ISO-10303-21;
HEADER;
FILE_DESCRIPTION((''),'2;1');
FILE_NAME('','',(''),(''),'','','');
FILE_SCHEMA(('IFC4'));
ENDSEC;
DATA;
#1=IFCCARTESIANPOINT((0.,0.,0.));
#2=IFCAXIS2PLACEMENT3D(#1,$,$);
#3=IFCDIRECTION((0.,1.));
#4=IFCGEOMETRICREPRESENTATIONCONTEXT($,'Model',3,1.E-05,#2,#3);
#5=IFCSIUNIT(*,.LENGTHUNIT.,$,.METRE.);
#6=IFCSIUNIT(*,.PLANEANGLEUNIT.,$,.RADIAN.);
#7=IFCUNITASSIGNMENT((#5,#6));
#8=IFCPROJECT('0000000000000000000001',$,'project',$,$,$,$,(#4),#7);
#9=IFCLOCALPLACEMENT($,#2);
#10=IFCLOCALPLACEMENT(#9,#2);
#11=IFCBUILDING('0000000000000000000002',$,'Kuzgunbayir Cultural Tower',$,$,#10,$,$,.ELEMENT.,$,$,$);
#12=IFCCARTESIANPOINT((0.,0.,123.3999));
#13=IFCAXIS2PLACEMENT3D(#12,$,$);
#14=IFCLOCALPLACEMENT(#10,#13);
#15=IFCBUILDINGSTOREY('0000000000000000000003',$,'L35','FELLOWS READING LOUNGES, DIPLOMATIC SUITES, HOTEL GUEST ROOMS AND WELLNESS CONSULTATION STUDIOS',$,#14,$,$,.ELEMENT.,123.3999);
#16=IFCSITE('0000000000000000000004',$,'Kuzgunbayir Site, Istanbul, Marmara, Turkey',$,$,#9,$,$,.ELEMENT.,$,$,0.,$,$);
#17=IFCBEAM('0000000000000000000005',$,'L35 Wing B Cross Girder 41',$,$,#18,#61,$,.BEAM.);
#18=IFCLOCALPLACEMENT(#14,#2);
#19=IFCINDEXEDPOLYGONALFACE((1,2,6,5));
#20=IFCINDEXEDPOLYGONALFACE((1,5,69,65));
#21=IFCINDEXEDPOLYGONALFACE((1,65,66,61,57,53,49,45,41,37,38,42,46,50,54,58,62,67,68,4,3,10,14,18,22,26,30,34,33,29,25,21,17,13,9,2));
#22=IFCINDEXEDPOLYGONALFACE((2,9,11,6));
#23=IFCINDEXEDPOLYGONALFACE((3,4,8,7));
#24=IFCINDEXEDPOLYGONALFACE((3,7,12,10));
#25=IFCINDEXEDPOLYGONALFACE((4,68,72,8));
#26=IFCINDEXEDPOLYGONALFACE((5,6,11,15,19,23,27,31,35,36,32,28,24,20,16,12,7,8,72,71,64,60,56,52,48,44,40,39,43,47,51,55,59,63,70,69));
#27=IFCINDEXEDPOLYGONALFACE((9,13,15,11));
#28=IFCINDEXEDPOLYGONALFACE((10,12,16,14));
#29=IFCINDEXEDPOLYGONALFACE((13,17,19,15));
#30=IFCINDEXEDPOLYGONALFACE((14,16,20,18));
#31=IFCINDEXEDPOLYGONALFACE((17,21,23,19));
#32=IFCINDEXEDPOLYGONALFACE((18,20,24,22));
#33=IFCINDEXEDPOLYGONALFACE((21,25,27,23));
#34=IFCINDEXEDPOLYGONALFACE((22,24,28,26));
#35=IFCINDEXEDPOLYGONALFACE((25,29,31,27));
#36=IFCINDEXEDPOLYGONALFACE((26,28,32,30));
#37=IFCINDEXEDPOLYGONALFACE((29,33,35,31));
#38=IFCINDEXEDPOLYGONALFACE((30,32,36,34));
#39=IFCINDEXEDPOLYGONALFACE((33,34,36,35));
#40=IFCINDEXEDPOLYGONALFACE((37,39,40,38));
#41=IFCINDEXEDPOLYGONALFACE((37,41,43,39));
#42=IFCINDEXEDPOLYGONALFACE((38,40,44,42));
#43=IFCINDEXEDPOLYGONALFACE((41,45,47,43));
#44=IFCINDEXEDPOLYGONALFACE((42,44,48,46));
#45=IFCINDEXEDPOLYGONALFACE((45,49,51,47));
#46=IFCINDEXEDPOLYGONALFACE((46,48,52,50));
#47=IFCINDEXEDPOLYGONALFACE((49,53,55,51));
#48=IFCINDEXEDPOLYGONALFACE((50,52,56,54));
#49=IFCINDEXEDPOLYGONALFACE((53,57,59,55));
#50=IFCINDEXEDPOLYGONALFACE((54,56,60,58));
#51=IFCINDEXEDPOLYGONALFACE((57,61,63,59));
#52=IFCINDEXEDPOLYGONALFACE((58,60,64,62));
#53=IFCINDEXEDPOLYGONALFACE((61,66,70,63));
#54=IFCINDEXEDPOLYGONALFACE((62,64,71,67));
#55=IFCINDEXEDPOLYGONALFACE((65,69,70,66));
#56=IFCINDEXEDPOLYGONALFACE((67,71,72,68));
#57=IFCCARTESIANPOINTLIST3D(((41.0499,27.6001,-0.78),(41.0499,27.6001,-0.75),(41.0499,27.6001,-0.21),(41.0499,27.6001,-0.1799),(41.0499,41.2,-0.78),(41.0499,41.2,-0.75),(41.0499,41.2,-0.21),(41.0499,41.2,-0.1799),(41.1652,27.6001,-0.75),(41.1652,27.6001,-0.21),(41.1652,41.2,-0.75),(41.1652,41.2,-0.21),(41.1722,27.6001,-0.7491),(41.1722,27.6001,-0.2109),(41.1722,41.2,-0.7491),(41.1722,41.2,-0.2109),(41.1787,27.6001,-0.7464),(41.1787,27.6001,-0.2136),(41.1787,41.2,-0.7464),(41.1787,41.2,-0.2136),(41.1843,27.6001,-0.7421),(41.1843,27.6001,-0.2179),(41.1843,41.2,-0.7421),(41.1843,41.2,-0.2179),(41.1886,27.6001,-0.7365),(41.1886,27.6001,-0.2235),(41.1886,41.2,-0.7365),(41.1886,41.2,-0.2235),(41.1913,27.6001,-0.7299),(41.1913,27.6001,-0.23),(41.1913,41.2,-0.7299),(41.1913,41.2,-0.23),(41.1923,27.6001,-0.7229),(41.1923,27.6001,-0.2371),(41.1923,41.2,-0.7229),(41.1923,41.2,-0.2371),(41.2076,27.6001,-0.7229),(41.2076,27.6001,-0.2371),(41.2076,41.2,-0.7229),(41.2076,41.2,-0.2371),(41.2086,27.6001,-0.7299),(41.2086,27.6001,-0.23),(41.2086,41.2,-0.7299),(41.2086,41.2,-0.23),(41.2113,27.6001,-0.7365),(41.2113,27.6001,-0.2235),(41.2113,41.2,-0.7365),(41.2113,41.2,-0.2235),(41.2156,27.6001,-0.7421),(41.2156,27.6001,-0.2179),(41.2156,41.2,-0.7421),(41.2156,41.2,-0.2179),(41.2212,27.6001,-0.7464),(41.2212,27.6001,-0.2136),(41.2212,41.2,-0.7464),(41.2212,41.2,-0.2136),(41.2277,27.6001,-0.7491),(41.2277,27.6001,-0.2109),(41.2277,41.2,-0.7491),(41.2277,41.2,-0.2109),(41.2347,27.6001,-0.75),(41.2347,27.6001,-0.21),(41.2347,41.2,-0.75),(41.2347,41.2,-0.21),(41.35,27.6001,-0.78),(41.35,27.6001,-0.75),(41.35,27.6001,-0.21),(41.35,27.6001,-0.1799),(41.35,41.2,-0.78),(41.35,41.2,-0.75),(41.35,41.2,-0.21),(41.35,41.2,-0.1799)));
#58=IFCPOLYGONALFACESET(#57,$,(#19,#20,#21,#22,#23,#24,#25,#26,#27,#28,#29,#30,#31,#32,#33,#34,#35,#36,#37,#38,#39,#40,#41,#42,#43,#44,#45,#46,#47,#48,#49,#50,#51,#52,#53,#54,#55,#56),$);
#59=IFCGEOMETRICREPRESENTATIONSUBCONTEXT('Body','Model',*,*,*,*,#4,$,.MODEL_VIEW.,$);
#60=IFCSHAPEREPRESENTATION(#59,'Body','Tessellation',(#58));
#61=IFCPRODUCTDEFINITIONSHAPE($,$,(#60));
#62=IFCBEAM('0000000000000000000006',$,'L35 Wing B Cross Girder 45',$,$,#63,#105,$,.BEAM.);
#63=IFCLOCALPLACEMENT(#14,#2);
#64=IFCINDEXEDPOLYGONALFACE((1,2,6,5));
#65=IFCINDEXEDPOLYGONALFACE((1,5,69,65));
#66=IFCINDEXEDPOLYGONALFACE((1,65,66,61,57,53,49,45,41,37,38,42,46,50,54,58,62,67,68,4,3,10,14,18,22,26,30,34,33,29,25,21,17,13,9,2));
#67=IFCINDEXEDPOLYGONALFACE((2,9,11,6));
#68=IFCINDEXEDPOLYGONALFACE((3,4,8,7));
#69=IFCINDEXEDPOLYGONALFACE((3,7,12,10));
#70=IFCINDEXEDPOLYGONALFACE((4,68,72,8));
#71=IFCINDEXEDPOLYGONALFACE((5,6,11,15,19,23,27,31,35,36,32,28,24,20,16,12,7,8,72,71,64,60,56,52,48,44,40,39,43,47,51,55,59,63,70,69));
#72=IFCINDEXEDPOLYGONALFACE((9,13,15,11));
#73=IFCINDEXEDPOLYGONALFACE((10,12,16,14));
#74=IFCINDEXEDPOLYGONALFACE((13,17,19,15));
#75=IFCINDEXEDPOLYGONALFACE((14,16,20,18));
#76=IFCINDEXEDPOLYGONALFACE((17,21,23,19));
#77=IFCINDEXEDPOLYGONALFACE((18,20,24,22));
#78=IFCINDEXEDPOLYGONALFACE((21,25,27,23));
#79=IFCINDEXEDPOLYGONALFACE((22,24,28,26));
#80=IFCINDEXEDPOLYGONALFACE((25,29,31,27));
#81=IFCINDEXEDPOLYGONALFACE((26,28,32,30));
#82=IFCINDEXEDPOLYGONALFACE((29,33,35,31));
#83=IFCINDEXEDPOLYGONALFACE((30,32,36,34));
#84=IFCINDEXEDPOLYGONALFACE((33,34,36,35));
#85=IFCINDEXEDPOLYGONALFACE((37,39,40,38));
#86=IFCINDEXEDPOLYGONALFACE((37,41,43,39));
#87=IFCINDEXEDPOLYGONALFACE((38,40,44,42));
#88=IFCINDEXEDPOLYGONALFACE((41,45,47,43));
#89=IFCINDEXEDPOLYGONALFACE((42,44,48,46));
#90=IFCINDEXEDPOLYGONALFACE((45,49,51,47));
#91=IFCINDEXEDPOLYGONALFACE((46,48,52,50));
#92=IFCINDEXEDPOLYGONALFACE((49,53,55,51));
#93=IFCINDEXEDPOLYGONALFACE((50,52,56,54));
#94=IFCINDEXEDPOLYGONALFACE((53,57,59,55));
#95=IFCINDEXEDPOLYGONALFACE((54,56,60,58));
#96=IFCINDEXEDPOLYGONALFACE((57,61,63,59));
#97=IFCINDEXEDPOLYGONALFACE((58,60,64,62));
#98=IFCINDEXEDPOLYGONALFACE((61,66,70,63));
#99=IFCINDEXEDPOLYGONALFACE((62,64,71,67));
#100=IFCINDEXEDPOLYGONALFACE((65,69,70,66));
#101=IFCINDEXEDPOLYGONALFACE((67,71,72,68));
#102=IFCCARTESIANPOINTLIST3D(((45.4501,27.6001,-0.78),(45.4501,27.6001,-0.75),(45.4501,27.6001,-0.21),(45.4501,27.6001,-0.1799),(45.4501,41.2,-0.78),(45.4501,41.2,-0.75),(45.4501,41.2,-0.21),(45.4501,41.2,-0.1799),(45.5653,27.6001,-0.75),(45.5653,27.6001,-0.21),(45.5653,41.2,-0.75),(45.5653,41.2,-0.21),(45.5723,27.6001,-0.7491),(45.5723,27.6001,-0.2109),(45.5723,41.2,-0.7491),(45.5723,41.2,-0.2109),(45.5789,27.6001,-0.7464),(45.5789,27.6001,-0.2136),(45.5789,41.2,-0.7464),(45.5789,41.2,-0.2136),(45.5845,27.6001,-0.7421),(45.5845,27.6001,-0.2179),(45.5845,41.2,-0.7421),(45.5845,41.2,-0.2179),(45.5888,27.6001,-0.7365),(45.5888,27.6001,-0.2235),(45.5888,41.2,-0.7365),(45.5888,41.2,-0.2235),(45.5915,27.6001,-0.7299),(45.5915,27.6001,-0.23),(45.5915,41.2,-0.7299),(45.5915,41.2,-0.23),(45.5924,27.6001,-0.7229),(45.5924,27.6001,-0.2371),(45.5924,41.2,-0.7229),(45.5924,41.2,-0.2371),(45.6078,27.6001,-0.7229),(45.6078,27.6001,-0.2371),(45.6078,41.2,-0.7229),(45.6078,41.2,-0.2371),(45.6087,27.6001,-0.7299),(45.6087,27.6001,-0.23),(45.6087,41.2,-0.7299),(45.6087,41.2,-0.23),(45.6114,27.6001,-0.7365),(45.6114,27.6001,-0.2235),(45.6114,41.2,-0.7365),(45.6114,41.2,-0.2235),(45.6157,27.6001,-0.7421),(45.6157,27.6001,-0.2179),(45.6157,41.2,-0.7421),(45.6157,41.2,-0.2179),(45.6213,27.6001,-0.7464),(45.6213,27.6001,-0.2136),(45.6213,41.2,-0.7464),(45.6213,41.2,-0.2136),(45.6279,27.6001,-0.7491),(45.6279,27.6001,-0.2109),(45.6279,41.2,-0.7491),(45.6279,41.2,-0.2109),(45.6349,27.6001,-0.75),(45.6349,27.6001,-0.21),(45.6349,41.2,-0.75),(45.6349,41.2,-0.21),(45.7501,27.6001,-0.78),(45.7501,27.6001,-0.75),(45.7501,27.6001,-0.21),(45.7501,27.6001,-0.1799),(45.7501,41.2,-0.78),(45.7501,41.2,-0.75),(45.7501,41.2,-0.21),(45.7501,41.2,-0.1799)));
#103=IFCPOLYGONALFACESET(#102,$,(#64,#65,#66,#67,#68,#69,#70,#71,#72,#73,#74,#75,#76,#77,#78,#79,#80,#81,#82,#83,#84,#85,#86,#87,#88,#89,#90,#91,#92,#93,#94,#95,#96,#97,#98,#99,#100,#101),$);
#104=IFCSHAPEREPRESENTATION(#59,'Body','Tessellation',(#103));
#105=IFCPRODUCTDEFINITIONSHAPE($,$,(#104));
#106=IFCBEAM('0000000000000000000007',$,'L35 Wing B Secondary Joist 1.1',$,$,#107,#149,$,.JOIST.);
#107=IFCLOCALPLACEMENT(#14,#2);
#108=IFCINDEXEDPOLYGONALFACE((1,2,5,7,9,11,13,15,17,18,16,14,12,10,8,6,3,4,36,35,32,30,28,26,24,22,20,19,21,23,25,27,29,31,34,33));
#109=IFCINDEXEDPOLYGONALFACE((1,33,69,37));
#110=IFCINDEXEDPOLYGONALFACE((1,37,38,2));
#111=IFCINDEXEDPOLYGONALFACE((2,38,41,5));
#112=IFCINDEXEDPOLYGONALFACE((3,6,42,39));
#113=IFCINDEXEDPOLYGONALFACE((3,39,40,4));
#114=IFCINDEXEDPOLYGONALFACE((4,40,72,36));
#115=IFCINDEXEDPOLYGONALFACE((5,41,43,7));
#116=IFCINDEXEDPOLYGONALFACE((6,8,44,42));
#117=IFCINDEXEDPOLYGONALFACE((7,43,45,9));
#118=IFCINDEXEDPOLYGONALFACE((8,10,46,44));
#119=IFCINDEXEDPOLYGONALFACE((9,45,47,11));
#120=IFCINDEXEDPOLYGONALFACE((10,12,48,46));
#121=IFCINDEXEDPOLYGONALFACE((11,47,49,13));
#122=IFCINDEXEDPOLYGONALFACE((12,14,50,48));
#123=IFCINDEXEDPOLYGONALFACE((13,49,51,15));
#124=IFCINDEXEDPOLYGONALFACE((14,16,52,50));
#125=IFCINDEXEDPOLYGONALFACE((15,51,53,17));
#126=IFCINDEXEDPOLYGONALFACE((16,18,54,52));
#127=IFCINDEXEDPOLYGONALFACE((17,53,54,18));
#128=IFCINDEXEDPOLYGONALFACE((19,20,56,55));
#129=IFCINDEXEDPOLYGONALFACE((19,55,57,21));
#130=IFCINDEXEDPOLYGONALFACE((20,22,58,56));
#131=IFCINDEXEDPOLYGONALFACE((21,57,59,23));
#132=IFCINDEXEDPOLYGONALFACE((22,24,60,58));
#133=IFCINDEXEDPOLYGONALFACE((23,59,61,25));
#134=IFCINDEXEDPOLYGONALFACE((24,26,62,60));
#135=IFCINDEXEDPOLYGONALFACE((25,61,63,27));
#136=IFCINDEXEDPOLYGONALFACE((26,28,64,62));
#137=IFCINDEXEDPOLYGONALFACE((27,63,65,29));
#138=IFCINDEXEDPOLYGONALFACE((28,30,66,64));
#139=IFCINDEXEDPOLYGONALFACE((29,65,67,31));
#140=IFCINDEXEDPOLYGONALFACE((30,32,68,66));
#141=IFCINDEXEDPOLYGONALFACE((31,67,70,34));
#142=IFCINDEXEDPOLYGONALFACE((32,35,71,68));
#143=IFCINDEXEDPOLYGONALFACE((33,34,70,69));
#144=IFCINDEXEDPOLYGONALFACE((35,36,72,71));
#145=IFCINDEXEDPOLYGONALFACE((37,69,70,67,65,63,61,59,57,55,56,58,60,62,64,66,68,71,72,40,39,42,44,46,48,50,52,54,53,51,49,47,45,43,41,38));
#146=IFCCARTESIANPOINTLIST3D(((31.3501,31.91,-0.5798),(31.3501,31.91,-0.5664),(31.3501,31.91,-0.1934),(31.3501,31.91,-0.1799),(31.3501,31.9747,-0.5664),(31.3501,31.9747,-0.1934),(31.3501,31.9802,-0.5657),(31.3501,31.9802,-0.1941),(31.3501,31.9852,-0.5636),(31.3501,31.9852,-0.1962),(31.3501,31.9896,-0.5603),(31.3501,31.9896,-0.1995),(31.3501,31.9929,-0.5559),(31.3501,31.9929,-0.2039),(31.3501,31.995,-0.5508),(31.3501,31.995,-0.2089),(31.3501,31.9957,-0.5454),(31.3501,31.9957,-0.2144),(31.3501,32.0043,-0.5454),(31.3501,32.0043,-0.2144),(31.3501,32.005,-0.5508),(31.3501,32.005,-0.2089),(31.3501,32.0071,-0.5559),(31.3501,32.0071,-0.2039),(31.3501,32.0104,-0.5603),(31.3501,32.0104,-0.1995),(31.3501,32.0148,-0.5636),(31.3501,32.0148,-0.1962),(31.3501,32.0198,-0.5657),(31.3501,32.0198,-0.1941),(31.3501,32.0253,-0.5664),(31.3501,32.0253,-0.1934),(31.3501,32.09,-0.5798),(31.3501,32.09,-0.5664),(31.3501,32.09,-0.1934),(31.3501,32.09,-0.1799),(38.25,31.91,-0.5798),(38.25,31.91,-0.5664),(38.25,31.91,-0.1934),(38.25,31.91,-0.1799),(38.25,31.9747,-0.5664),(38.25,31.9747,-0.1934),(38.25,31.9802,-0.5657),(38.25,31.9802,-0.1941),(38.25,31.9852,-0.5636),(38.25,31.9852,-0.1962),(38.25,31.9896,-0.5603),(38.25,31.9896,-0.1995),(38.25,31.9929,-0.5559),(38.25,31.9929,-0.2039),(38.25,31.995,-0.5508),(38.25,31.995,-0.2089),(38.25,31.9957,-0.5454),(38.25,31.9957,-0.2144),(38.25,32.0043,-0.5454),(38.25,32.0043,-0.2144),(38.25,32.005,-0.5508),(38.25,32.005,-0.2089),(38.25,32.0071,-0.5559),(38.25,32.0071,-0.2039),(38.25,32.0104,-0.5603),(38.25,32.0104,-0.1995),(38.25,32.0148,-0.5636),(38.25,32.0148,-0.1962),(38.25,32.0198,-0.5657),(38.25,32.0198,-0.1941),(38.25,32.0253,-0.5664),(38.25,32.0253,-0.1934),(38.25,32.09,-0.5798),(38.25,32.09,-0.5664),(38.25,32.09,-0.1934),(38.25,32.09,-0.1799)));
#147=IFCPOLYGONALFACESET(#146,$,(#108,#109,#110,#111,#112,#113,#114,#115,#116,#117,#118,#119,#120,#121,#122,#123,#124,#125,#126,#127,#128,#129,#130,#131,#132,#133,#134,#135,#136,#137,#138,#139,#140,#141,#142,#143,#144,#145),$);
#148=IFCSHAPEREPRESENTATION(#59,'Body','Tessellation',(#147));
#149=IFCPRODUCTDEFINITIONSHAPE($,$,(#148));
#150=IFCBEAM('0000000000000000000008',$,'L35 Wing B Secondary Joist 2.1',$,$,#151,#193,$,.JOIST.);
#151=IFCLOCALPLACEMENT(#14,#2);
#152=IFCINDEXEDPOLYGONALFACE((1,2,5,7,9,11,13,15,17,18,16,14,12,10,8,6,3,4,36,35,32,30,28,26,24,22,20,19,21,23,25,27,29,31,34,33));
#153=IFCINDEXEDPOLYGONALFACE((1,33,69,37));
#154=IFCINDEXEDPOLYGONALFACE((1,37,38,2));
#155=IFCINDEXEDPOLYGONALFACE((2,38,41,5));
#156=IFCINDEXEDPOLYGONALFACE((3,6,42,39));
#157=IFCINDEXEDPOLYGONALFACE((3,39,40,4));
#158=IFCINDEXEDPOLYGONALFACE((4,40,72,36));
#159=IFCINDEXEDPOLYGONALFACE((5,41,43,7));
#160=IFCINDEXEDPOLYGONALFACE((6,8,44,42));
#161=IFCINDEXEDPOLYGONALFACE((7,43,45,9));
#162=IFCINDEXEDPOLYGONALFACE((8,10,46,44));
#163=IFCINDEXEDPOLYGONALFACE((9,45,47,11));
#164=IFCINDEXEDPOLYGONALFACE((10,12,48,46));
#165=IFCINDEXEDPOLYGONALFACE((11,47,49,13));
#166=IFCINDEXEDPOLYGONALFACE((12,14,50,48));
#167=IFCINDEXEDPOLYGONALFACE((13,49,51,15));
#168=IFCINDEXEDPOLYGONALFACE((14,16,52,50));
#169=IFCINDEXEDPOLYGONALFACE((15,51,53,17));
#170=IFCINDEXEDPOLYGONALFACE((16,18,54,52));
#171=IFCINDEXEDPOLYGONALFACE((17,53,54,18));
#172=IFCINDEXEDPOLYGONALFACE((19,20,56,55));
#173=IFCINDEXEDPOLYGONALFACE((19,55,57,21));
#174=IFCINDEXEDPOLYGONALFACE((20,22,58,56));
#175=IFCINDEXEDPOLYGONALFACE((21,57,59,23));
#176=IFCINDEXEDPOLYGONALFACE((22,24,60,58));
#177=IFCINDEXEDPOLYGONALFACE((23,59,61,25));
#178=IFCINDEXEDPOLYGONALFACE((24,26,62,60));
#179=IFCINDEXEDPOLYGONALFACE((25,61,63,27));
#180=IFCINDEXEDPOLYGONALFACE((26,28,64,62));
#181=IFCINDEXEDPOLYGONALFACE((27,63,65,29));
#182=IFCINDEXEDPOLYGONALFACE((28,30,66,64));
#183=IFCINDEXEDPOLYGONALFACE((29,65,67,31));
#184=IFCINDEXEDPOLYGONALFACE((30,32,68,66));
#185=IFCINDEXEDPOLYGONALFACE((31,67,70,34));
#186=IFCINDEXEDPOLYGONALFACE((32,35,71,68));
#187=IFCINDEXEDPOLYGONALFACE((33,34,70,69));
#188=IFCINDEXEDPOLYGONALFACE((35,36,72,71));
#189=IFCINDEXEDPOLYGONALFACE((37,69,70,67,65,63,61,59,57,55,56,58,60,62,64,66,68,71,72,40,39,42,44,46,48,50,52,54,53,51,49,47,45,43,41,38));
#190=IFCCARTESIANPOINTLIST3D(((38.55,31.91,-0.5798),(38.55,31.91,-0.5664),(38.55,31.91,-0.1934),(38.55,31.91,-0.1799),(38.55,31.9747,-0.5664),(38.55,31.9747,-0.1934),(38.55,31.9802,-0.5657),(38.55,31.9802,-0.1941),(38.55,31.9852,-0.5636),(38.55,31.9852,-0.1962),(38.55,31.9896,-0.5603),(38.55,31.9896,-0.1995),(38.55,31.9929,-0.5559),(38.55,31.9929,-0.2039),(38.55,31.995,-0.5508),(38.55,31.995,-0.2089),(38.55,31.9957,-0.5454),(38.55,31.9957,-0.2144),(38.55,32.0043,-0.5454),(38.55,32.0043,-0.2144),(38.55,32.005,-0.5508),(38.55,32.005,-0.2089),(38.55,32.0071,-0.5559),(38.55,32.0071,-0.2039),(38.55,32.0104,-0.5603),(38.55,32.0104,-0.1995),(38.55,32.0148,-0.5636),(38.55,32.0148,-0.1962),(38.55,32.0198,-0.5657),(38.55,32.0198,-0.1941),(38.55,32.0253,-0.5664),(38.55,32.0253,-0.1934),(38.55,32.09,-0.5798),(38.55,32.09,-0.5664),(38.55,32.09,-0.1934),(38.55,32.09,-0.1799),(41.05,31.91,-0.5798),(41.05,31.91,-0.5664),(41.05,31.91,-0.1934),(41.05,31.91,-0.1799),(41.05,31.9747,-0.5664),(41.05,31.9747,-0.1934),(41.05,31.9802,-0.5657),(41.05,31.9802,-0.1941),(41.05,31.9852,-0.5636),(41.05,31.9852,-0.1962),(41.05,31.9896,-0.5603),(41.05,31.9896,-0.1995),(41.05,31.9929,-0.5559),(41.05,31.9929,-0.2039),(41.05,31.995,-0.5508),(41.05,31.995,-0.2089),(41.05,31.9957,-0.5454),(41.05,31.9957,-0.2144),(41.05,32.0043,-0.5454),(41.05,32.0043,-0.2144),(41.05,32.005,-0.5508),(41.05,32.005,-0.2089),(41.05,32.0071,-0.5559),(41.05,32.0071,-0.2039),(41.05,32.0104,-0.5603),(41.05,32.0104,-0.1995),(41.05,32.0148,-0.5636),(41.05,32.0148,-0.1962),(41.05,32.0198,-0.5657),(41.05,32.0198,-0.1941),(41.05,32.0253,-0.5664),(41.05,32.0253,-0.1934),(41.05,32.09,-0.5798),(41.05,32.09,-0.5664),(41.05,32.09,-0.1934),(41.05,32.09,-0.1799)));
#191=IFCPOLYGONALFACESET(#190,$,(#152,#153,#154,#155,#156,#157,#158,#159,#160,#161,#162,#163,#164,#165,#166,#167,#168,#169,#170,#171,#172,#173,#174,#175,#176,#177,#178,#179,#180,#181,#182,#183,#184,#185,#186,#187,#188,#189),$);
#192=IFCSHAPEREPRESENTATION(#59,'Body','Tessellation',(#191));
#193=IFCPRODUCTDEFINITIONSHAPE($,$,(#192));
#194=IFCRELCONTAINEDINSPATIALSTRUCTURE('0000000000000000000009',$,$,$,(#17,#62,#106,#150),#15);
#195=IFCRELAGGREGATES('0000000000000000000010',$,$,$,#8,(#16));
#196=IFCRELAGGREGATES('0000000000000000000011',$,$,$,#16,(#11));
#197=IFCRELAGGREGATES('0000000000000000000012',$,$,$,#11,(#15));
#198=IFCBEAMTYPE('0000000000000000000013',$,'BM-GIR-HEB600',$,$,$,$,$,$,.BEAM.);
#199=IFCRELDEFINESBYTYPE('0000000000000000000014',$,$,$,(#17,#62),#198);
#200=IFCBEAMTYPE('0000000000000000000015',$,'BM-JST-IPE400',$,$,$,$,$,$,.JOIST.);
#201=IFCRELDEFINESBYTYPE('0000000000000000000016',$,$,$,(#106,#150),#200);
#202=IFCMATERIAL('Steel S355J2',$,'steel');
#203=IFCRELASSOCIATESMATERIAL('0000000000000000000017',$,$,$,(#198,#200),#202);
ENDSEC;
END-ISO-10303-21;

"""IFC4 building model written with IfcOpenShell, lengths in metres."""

from ifc_helpers import new_model, si_unit, direction, frame, origin, origin_2d, place, context, subcontext, project, spatial, i_section, extrude, material, material_profile, profile_set, type_object, element, save


model = new_model("IFC4")

# Units and contexts
model_context = context("Model", 3, precision=1e-05, world=origin(), true_north=direction((0.0, 1.0)))
body_context = subcontext(model_context, "Body", "Model", "MODEL_VIEW")
ifc_project = project(units=[si_unit("LENGTHUNIT", "METRE"), si_unit("PLANEANGLEUNIT", "RADIAN")], contexts=[model_context])

# Site, building, storey
site_placement = place(None, origin())
site = spatial("IfcSite", under=ifc_project, at=site_placement, Name="Kuzgunbayir Site, Istanbul, Marmara, Turkey", CompositionType="ELEMENT", RefElevation=0.0)
building_placement = place(site_placement, origin())
building = spatial("IfcBuilding", under=site, at=building_placement, Name="Kuzgunbayir Cultural Tower", CompositionType="ELEMENT")
storey_placement = place(building_placement, frame((0.0, 0.0, 123.3999)))
storey = spatial("IfcBuildingStorey", under=building, at=storey_placement, Name="L35", Description="FELLOWS READING LOUNGES, DIPLOMATIC SUITES, HOTEL GUEST ROOMS AND WELLNESS CONSULTATION STUDIOS", CompositionType="ELEMENT", Elevation=123.3999)

# Beams
ifc_material_1 = material(Name="Steel S355J2", Category="steel")
ifc_material_profile_1 = material_profile(ifc_material_1, i_section(OverallWidth=0.3, OverallDepth=0.6001, WebThickness=0.0154, FlangeThickness=0.03, FilletRadius=0.0271, at=origin_2d()), Name="HEB 600")
ifc_profile_set_1 = profile_set([ifc_material_profile_1], Name="Steel S355J2")
beam_type_1 = type_object("IfcBeamType", Name="BM-GIR-HEB600", PredefinedType="BEAM", material=ifc_profile_set_1)
for number, where, z_axis, x_axis, name in (
    (1, (41.2, 27.6001, -0.48), (0.0, 1.0, 0.0), (-1.0, 0.0, 0.0), "L35 Wing B Cross Girder 41"),
    (2, (45.6001, 27.6001, -0.48), (0.0, 1.0, 0.0), (-1.0, 0.0, 0.0), "L35 Wing B Cross Girder 45"),
):
    element("IfcBeam", number, at=place(storey_placement, frame(where, z_axis=z_axis, x_axis=x_axis)), inside=storey, type_object=beam_type_1, Name=name, PredefinedType="BEAM", context=body_context, shape_type="SweptSolid", body=[
        extrude(i_section(OverallWidth=0.3, OverallDepth=0.6001, WebThickness=0.0154, FlangeThickness=0.03, FilletRadius=0.0271, at=origin_2d()), origin(), (0.0, 0.0, 1.0), 13.5999),
    ])
ifc_material_profile_2 = material_profile(ifc_material_1, i_section(OverallWidth=0.1799, OverallDepth=0.3999, WebThickness=0.0085, FlangeThickness=0.0134, FilletRadius=0.021, at=origin_2d()), Name="IPE 400")
ifc_profile_set_2 = profile_set([ifc_material_profile_2], Name="Steel S355J2")
beam_type_2 = type_object("IfcBeamType", Name="BM-JST-IPE400", PredefinedType="JOIST", material=ifc_profile_set_2)
beam_1_placement = place(storey_placement, frame((31.3501, 32.0, -0.3799), z_axis=(1.0, 0.0, 0.0), x_axis=(0.0, 1.0, 0.0)))
element("IfcBeam", 3, at=beam_1_placement, inside=storey, type_object=beam_type_2, Name="L35 Wing B Secondary Joist 1.1", PredefinedType="JOIST", context=body_context, shape_type="SweptSolid", body=[
    extrude(i_section(OverallWidth=0.1799, OverallDepth=0.3999, WebThickness=0.0085, FlangeThickness=0.0134, FilletRadius=0.021, at=origin_2d()), origin(), (0.0, 0.0, 1.0), 6.8999),
])
beam_2_placement = place(storey_placement, frame((38.55, 32.0, -0.3799), z_axis=(1.0, 0.0, 0.0), x_axis=(0.0, 1.0, 0.0)))
element("IfcBeam", 4, at=beam_2_placement, inside=storey, type_object=beam_type_2, Name="L35 Wing B Secondary Joist 2.1", PredefinedType="JOIST", context=body_context, shape_type="SweptSolid", body=[
    extrude(i_section(OverallWidth=0.1799, OverallDepth=0.3999, WebThickness=0.0085, FlangeThickness=0.0134, FilletRadius=0.021, at=origin_2d()), origin(), (0.0, 0.0, 1.0), 2.5),
])

save(model, "model.ifc")
